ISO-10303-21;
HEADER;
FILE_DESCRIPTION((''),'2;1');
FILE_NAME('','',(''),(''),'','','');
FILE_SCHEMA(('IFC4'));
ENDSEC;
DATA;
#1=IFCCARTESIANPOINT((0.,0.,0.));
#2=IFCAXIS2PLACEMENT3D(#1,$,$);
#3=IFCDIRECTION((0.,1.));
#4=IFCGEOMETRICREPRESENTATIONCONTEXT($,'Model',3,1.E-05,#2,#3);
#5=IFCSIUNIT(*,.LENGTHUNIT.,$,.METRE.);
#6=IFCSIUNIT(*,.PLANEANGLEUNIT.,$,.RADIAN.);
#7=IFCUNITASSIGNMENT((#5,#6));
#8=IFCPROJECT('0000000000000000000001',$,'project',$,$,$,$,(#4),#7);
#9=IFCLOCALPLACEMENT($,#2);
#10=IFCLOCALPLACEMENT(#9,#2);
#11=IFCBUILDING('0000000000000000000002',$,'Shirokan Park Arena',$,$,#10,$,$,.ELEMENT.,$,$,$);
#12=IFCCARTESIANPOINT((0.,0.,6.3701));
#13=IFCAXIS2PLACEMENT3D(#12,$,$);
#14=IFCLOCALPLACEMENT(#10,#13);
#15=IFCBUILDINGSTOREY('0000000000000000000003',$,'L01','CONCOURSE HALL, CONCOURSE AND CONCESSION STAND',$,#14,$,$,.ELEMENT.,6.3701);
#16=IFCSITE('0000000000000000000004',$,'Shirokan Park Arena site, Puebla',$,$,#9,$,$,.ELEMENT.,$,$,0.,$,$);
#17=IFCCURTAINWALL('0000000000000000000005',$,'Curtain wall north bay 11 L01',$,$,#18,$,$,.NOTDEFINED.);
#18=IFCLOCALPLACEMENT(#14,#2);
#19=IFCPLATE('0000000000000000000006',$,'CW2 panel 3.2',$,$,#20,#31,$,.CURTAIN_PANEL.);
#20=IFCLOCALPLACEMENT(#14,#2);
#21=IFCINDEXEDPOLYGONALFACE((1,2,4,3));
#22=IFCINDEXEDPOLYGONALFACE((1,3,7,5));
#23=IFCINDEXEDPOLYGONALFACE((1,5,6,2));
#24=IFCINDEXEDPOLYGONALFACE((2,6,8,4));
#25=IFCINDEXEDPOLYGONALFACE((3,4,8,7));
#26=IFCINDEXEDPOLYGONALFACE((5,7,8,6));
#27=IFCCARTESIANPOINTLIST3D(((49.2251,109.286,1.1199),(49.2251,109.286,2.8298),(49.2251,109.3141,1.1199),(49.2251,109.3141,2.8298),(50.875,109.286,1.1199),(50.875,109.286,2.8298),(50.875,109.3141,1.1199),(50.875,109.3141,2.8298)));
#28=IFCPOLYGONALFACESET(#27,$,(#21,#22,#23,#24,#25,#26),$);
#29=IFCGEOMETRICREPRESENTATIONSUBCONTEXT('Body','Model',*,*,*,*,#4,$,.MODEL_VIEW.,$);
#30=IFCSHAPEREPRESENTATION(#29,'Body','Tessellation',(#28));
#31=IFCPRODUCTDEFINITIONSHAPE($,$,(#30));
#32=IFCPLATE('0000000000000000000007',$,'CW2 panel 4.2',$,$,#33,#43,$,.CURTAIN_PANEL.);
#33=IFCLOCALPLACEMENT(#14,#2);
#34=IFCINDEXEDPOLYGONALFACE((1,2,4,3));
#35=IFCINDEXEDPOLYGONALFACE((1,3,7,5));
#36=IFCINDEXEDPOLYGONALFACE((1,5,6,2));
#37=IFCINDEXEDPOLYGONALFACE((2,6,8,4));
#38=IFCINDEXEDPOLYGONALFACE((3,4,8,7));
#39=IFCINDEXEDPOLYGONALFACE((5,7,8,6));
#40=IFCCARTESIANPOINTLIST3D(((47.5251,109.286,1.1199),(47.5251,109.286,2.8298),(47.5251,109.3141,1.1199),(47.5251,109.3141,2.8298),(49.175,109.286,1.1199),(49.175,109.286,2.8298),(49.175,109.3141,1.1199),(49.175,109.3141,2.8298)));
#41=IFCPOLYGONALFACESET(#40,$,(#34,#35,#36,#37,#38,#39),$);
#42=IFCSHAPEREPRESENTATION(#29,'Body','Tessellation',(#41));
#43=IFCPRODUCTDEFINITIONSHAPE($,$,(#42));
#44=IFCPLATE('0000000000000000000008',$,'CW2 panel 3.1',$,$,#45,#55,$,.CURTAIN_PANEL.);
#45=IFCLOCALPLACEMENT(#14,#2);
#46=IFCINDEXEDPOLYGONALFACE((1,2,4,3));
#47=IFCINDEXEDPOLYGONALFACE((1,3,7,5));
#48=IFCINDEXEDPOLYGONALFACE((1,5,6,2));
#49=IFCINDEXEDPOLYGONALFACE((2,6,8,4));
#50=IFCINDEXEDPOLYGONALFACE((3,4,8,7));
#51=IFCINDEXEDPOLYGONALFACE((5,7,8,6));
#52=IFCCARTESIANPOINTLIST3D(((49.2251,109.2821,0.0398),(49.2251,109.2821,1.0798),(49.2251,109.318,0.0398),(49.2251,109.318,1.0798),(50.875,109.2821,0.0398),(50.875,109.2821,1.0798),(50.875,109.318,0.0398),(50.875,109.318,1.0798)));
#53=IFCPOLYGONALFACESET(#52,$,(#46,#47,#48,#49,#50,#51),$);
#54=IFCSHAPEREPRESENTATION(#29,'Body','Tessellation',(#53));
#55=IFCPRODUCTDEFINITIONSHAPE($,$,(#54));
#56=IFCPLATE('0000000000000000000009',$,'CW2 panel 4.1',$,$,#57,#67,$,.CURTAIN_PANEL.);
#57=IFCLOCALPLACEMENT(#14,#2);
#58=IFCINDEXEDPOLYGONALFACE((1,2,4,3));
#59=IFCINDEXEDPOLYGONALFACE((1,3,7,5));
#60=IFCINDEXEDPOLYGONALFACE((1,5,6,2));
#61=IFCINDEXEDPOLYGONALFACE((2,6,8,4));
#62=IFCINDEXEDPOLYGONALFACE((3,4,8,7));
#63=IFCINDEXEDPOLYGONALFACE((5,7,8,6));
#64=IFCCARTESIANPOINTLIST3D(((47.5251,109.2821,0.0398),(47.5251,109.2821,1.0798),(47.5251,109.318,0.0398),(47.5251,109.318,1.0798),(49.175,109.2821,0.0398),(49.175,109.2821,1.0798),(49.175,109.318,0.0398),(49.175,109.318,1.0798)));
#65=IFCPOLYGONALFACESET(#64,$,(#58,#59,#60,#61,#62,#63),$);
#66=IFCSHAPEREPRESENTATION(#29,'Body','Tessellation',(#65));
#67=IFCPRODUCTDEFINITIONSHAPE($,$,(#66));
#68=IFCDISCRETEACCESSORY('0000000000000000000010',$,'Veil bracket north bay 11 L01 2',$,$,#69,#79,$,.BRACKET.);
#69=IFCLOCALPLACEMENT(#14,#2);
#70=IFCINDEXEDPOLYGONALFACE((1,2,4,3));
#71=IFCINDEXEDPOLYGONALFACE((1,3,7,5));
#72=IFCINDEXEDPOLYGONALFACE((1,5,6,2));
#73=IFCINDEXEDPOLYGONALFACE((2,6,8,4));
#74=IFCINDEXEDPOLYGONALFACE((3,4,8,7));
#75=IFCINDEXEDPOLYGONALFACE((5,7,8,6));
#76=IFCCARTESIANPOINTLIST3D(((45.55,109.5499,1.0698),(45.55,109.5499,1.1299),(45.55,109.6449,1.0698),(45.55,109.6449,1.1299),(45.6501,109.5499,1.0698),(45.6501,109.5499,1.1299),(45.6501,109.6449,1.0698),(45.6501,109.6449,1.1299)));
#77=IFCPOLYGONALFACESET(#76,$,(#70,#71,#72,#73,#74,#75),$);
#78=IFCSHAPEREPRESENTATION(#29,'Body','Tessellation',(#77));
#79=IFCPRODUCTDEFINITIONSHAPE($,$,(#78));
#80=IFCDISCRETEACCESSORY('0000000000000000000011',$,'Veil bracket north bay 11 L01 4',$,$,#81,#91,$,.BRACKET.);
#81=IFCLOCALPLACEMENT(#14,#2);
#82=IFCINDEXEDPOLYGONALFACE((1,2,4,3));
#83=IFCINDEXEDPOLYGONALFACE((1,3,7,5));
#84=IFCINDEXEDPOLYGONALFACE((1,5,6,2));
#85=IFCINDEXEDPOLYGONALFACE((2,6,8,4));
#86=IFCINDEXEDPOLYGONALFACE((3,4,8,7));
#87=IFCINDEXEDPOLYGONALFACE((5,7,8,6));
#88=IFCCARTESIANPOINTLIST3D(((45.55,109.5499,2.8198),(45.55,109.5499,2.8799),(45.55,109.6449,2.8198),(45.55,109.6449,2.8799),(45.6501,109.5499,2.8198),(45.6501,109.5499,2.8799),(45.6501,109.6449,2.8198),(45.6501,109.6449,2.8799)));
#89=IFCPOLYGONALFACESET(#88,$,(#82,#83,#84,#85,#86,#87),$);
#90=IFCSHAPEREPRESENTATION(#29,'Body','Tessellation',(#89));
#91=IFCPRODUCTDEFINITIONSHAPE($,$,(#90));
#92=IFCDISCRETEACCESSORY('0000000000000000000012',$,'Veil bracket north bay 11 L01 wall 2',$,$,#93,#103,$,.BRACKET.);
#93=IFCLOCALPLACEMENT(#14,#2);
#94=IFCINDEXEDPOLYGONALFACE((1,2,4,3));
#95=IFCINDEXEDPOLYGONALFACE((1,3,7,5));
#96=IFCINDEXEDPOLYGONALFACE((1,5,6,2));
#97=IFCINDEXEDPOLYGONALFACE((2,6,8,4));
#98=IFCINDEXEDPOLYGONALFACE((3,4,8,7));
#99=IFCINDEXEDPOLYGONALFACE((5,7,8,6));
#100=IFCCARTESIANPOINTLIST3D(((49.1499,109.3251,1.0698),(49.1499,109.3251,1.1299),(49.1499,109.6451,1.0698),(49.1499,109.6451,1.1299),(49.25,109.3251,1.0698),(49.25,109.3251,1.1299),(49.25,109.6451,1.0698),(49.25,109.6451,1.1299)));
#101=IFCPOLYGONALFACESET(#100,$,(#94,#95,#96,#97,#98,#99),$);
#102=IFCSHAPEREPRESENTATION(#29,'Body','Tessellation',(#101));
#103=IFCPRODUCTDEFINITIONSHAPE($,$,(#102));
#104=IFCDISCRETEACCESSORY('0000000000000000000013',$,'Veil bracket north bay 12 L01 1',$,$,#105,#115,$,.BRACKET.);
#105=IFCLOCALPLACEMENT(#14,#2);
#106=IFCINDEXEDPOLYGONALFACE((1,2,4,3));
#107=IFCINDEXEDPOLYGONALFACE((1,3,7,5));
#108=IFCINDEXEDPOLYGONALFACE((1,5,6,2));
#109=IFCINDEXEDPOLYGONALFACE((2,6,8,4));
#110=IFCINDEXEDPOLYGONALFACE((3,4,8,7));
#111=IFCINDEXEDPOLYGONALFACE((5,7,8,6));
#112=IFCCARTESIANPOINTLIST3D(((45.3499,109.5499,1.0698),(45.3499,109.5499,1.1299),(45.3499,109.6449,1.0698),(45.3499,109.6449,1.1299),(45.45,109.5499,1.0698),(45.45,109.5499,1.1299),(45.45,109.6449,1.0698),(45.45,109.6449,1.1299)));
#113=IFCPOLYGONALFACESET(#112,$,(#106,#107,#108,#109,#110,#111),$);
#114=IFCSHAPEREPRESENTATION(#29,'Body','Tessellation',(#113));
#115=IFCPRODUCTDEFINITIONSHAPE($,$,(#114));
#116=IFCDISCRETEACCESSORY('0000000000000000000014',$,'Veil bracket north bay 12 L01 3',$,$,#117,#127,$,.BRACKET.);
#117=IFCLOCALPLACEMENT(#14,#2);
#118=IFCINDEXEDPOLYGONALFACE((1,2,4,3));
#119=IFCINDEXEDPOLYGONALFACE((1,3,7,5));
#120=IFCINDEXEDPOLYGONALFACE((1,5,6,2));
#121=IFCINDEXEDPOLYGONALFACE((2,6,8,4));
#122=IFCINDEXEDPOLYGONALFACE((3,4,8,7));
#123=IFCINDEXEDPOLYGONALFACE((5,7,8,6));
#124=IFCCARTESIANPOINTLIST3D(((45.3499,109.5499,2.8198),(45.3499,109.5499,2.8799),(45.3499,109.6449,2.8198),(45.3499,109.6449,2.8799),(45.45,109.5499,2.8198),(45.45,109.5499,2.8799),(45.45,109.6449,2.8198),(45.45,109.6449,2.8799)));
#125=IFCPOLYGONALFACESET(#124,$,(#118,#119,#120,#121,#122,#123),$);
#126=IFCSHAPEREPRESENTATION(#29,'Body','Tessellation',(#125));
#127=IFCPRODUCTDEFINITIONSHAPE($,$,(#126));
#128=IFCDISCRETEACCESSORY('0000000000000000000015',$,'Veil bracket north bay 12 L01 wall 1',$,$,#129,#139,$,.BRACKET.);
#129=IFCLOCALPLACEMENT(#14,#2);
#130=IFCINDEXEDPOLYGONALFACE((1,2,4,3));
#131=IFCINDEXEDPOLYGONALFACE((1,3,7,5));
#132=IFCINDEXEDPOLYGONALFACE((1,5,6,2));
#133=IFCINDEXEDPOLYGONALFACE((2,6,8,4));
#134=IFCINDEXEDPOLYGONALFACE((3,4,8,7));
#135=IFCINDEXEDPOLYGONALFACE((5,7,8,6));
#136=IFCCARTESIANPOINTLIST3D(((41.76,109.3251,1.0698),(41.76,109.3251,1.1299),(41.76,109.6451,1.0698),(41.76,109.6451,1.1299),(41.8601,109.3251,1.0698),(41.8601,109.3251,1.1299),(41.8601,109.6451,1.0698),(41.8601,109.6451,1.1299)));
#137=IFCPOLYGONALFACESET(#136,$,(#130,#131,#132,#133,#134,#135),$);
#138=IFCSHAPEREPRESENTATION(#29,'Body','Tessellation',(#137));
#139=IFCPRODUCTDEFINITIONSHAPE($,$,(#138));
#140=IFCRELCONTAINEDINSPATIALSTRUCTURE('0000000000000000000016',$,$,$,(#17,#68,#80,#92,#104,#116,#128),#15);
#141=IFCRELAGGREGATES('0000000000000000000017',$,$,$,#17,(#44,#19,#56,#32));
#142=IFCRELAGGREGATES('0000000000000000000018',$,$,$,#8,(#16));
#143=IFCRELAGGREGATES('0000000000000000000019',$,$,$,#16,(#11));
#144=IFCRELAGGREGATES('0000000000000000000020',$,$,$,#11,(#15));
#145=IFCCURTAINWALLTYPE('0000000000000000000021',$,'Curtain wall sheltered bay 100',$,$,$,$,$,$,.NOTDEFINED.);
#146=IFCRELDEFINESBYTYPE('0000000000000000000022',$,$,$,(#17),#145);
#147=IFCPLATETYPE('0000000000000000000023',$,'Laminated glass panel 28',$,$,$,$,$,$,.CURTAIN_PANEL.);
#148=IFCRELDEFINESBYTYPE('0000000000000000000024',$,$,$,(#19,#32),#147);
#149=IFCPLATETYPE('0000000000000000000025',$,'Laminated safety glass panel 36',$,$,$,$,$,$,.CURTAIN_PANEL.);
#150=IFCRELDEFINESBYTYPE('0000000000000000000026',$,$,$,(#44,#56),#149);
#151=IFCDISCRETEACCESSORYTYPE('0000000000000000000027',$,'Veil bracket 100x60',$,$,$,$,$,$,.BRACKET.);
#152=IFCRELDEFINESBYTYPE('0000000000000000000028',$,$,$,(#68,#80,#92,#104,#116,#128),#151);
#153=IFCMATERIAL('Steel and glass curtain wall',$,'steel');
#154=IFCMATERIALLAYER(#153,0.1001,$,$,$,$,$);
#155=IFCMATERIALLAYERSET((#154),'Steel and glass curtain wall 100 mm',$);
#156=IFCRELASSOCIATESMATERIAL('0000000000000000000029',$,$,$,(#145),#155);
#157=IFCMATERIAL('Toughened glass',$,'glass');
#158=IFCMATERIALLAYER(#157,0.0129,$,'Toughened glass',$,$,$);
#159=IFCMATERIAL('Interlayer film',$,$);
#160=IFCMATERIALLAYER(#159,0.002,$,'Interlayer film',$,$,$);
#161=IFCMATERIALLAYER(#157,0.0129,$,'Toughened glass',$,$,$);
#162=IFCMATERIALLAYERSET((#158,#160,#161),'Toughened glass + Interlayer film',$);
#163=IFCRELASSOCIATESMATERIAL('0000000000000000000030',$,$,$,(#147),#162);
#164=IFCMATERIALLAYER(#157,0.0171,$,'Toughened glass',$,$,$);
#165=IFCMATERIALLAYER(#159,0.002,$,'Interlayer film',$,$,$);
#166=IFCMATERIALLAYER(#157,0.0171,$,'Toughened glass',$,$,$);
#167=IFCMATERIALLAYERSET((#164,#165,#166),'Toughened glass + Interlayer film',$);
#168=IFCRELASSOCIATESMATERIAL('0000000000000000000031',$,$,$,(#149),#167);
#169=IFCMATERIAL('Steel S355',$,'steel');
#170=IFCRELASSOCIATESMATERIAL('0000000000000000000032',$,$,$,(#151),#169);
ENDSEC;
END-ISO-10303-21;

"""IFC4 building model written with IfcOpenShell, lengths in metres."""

from ifc_helpers import new_model, si_unit, direction, frame, origin, origin_2d, place, context, subcontext, project, spatial, rectangle, extrude, material, layer, layer_set, type_object, element, aggregate, save


model = new_model("IFC4")

# Units and contexts
model_context = context("Model", 3, precision=1e-05, world=origin(), true_north=direction((0.0, 1.0)))
body_context = subcontext(model_context, "Body", "Model", "MODEL_VIEW")
ifc_project = project(units=[si_unit("LENGTHUNIT", "METRE"), si_unit("PLANEANGLEUNIT", "RADIAN")], contexts=[model_context])

# Site, building, storey
site_placement = place(None, origin())
site = spatial("IfcSite", under=ifc_project, at=site_placement, Name="Shirokan Park Arena site, Puebla", CompositionType="ELEMENT", RefElevation=0.0)
building_placement = place(site_placement, origin())
building = spatial("IfcBuilding", under=site, at=building_placement, Name="Shirokan Park Arena", CompositionType="ELEMENT")
storey_placement = place(building_placement, frame((0.0, 0.0, 6.3701)))
storey = spatial("IfcBuildingStorey", under=building, at=storey_placement, Name="L01", Description="CONCOURSE HALL, CONCOURSE AND CONCESSION STAND", CompositionType="ELEMENT", Elevation=6.3701)

# Curtain wall, plates
ifc_material_1 = material(Name="Steel and glass curtain wall", Category="steel")
ifc_layer_1 = layer(ifc_material_1, 0.1001)
ifc_layer_set_1 = layer_set([ifc_layer_1], Name="Steel and glass curtain wall 100 mm")
curtain_wall_type = type_object("IfcCurtainWallType", Name="Curtain wall sheltered bay 100", PredefinedType="NOTDEFINED", material=ifc_layer_set_1)
curtain_wall_placement = place(storey_placement, origin())
curtain_wall = element("IfcCurtainWall", 1, at=curtain_wall_placement, inside=storey, type_object=curtain_wall_type, Name="Curtain wall north bay 11 L01", PredefinedType="NOTDEFINED")
ifc_material_2 = material(Name="Steel S355", Category="steel")
ifc_material_3 = material(Name="Toughened glass", Category="glass")
ifc_layer_2 = layer(ifc_material_3, 0.0129, Name="Toughened glass")
ifc_material_4 = material(Name="Interlayer film")
ifc_layer_3 = layer(ifc_material_4, 0.002, Name="Interlayer film")
ifc_layer_4 = layer(ifc_material_3, 0.0129, Name="Toughened glass")
ifc_layer_set_2 = layer_set([ifc_layer_2, ifc_layer_3, ifc_layer_4], Name="Toughened glass + Interlayer film")
plate_type_1 = type_object("IfcPlateType", Name="Laminated glass panel 28", PredefinedType="CURTAIN_PANEL", material=ifc_layer_set_2)
plate_1_placement = place(storey_placement, frame((50.05, 109.3, 1.1199), z_axis=(0.0, 0.0, 1.0), x_axis=(-1.0, 0.0, 0.0)))
plate_1 = element("IfcPlate", 2, at=plate_1_placement, type_object=plate_type_1, Name="CW2 panel 3.2", PredefinedType="CURTAIN_PANEL", context=body_context, shape_type="SweptSolid", body=[
    extrude(rectangle(XDim=1.6499, YDim=0.0281, at=origin_2d()), origin(), (0.0, 0.0, 1.0), 1.71),
])
plate_2_placement = place(storey_placement, frame((48.3501, 109.3, 1.1199), z_axis=(0.0, 0.0, 1.0), x_axis=(-1.0, 0.0, 0.0)))
plate_2 = element("IfcPlate", 3, at=plate_2_placement, type_object=plate_type_1, Name="CW2 panel 4.2", PredefinedType="CURTAIN_PANEL", context=body_context, shape_type="SweptSolid", body=[
    extrude(rectangle(XDim=1.6499, YDim=0.0281, at=origin_2d()), origin(), (0.0, 0.0, 1.0), 1.71),
])
ifc_layer_5 = layer(ifc_material_3, 0.0171, Name="Toughened glass")
ifc_layer_6 = layer(ifc_material_4, 0.002, Name="Interlayer film")
ifc_layer_7 = layer(ifc_material_3, 0.0171, Name="Toughened glass")
ifc_layer_set_3 = layer_set([ifc_layer_5, ifc_layer_6, ifc_layer_7], Name="Toughened glass + Interlayer film")
plate_type_2 = type_object("IfcPlateType", Name="Laminated safety glass panel 36", PredefinedType="CURTAIN_PANEL", material=ifc_layer_set_3)
plate_3_placement = place(storey_placement, frame((50.05, 109.3, 0.0398), z_axis=(0.0, 0.0, 1.0), x_axis=(-1.0, 0.0, 0.0)))
plate_3 = element("IfcPlate", 4, at=plate_3_placement, type_object=plate_type_2, Name="CW2 panel 3.1", PredefinedType="CURTAIN_PANEL", context=body_context, shape_type="SweptSolid", body=[
    extrude(rectangle(XDim=1.6499, YDim=0.0359, at=origin_2d()), origin(), (0.0, 0.0, 1.0), 1.04),
])
plate_4_placement = place(storey_placement, frame((48.3501, 109.3, 0.0398), z_axis=(0.0, 0.0, 1.0), x_axis=(-1.0, 0.0, 0.0)))
plate_4 = element("IfcPlate", 5, at=plate_4_placement, type_object=plate_type_2, Name="CW2 panel 4.1", PredefinedType="CURTAIN_PANEL", context=body_context, shape_type="SweptSolid", body=[
    extrude(rectangle(XDim=1.6499, YDim=0.0359, at=origin_2d()), origin(), (0.0, 0.0, 1.0), 1.04),
])
aggregate(curtain_wall, [plate_3, plate_1, plate_4, plate_2])

# Discrete accessories
discrete_accessory_type = type_object("IfcDiscreteAccessoryType", Name="Veil bracket 100x60", PredefinedType="BRACKET", material=ifc_material_2)
for number, where, z_axis, x_axis, name in (
    (6, (45.6001, 109.5974, 1.0698), (0.0, 0.0, 1.0), (-1.0, 0.0, 0.0), "Veil bracket north bay 11 L01 2"),
    (7, (45.6001, 109.5974, 2.8198), (0.0, 0.0, 1.0), (-1.0, 0.0, 0.0), "Veil bracket north bay 11 L01 4"),
):
    element("IfcDiscreteAccessory", number, at=place(storey_placement, frame(where, z_axis=z_axis, x_axis=x_axis)), inside=storey, type_object=discrete_accessory_type, Name=name, PredefinedType="BRACKET", context=body_context, shape_type="SweptSolid", body=[
        extrude(rectangle(XDim=0.1001, YDim=0.095, at=origin_2d()), origin(), (0.0, 0.0, 1.0), 0.0601),
    ])
discrete_accessory_1_placement = place(storey_placement, frame((49.2, 109.4851, 1.0698), z_axis=(0.0, 0.0, 1.0), x_axis=(-1.0, 0.0, 0.0)))
element("IfcDiscreteAccessory", 8, at=discrete_accessory_1_placement, inside=storey, type_object=discrete_accessory_type, Name="Veil bracket north bay 11 L01 wall 2", PredefinedType="BRACKET", context=body_context, shape_type="SweptSolid", body=[
    extrude(rectangle(XDim=0.1001, YDim=0.3201, at=origin_2d()), origin(), (0.0, 0.0, 1.0), 0.0601),
])
for number, where, z_axis, x_axis, name in (
    (9, (45.3999, 109.5974, 1.0698), (0.0, 0.0, 1.0), (-1.0, 0.0, 0.0), "Veil bracket north bay 12 L01 1"),
    (10, (45.3999, 109.5974, 2.8198), (0.0, 0.0, 1.0), (-1.0, 0.0, 0.0), "Veil bracket north bay 12 L01 3"),
):
    element("IfcDiscreteAccessory", number, at=place(storey_placement, frame(where, z_axis=z_axis, x_axis=x_axis)), inside=storey, type_object=discrete_accessory_type, Name=name, PredefinedType="BRACKET", context=body_context, shape_type="SweptSolid", body=[
        extrude(rectangle(XDim=0.1001, YDim=0.095, at=origin_2d()), origin(), (0.0, 0.0, 1.0), 0.0601),
    ])
discrete_accessory_2_placement = place(storey_placement, frame((41.8101, 109.4851, 1.0698), z_axis=(0.0, 0.0, 1.0), x_axis=(-1.0, 0.0, 0.0)))
element("IfcDiscreteAccessory", 11, at=discrete_accessory_2_placement, inside=storey, type_object=discrete_accessory_type, Name="Veil bracket north bay 12 L01 wall 1", PredefinedType="BRACKET", context=body_context, shape_type="SweptSolid", body=[
    extrude(rectangle(XDim=0.1001, YDim=0.3201, at=origin_2d()), origin(), (0.0, 0.0, 1.0), 0.0601),
])

save(model, "model.ifc")
